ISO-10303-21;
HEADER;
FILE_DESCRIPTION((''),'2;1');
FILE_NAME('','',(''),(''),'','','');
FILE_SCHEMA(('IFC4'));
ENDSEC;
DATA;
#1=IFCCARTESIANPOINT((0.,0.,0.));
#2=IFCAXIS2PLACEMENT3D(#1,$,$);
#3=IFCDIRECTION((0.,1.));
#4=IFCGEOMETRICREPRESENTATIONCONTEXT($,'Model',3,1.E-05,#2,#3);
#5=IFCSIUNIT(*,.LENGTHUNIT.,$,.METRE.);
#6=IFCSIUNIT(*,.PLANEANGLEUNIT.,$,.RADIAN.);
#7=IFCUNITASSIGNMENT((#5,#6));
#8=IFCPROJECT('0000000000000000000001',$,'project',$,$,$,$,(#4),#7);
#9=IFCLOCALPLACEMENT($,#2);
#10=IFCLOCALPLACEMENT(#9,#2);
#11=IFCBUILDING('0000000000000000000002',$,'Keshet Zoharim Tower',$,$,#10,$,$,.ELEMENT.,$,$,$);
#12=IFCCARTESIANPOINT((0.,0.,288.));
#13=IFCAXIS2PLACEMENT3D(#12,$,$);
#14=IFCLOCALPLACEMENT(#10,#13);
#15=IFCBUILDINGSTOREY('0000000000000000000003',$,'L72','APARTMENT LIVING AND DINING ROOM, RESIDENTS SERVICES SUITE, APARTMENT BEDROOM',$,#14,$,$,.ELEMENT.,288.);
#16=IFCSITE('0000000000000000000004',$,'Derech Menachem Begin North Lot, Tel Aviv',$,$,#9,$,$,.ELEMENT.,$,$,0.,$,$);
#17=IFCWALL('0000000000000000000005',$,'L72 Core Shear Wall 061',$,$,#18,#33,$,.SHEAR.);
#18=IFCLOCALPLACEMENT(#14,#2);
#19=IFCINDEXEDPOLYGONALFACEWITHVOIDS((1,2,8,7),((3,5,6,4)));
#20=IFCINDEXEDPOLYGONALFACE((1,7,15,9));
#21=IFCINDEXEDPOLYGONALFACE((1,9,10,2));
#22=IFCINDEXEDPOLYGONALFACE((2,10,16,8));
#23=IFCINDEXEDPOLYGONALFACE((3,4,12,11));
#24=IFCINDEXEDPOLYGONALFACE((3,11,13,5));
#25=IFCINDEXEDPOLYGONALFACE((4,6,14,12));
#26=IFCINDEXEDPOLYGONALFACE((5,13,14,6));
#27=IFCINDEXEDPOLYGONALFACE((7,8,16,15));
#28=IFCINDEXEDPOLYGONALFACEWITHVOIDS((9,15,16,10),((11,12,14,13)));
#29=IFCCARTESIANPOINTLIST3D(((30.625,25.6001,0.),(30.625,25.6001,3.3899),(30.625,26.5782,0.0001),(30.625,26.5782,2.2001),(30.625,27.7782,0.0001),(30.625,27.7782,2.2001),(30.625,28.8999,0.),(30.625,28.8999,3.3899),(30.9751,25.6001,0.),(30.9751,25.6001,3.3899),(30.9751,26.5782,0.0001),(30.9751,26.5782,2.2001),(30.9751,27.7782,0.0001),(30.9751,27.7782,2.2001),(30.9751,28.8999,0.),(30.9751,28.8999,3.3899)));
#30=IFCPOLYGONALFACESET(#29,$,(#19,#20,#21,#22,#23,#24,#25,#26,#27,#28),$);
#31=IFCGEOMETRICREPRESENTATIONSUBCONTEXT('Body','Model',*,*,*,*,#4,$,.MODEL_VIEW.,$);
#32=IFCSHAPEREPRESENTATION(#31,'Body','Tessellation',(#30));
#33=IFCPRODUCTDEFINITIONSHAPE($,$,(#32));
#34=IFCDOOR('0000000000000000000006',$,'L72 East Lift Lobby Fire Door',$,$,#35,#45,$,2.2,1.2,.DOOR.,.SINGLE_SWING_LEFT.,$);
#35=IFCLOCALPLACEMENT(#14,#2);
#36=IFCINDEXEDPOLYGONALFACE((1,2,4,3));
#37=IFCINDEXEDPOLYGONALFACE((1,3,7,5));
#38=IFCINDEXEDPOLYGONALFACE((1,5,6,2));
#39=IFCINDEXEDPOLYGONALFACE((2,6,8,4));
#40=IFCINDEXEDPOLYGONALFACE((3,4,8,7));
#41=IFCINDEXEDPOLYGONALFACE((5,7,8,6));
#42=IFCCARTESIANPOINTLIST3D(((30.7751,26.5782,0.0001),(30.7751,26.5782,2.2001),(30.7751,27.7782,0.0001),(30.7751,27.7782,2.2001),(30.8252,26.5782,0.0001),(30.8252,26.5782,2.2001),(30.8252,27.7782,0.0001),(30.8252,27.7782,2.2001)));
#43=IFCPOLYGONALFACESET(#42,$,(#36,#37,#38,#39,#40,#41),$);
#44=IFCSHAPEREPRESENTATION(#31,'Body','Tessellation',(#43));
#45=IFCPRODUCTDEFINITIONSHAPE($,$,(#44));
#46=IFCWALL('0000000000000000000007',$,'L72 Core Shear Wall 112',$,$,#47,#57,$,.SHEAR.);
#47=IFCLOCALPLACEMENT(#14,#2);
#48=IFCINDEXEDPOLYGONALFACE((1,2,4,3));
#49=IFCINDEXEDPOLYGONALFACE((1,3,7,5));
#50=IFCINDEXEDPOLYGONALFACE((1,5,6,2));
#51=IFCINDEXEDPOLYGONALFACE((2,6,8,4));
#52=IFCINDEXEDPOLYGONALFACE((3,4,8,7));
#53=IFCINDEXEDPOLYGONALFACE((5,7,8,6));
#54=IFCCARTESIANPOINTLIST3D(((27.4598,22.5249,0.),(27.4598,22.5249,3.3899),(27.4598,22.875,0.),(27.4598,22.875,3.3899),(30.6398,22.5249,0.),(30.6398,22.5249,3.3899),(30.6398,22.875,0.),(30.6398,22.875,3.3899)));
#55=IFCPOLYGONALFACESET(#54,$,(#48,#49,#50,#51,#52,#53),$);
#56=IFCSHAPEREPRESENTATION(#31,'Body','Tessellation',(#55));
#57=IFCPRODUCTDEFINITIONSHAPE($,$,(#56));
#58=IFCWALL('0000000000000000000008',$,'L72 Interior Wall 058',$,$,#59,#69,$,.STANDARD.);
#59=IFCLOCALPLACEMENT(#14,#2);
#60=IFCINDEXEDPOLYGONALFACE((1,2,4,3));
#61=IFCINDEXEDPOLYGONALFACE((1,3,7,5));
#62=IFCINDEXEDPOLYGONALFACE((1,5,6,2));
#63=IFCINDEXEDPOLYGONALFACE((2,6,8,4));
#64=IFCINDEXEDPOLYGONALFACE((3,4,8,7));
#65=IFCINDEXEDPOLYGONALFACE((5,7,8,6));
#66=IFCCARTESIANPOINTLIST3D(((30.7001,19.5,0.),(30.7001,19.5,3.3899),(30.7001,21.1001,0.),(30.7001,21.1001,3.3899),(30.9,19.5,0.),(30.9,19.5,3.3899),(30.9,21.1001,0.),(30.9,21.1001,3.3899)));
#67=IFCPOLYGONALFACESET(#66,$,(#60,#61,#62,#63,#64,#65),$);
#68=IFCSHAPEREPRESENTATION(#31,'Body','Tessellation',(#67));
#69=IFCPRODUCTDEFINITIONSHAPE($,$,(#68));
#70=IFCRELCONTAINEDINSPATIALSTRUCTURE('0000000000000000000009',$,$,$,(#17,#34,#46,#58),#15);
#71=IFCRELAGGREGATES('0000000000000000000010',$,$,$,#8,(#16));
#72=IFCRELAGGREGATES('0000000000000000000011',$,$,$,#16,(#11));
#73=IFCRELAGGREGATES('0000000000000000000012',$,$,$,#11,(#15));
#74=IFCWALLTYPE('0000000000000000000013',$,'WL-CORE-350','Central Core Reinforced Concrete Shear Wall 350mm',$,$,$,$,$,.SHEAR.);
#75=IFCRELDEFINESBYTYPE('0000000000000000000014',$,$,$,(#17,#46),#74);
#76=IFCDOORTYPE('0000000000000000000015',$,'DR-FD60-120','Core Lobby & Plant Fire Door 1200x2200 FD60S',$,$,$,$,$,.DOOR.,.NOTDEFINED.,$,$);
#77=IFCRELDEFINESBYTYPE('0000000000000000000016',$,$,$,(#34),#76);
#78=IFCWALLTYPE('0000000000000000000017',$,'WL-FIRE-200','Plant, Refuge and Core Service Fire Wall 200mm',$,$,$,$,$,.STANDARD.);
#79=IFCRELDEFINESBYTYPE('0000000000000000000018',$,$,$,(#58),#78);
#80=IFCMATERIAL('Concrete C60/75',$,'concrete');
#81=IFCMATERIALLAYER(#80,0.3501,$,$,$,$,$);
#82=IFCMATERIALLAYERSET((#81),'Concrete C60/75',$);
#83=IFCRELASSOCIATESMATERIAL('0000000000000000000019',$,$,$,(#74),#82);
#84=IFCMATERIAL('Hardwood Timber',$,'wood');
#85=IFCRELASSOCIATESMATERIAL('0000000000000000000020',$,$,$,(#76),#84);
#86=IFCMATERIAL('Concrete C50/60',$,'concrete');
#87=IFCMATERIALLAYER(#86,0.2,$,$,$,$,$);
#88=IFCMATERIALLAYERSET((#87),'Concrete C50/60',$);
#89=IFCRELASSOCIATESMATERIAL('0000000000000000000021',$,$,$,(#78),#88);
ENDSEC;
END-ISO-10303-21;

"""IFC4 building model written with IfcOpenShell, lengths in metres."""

from ifc_helpers import new_model, si_unit, direction, frame, frame_2d, origin, place, context, subcontext, project, spatial, rectangle, extrude, material, layer, layer_set, type_object, element, fill, save


model = new_model("IFC4")

# Units and contexts
model_context = context("Model", 3, precision=1e-05, world=origin(), true_north=direction((0.0, 1.0)))
body_context = subcontext(model_context, "Body", "Model", "MODEL_VIEW")
ifc_project = project(units=[si_unit("LENGTHUNIT", "METRE"), si_unit("PLANEANGLEUNIT", "RADIAN")], contexts=[model_context])

# Site, building, storey
site_placement = place(None, origin())
site = spatial("IfcSite", under=ifc_project, at=site_placement, Name="Derech Menachem Begin North Lot, Tel Aviv", CompositionType="ELEMENT", RefElevation=0.0)
building_placement = place(site_placement, origin())
building = spatial("IfcBuilding", under=site, at=building_placement, Name="Keshet Zoharim Tower", CompositionType="ELEMENT")
storey_placement = place(building_placement, frame((0.0, 0.0, 288.0)))
storey = spatial("IfcBuildingStorey", under=building, at=storey_placement, Name="L72", Description="APARTMENT LIVING AND DINING ROOM, RESIDENTS SERVICES SUITE, APARTMENT BEDROOM", CompositionType="ELEMENT", Elevation=288.0)

# Shared definitions
ifc_material_1 = material(Name="Concrete C50/60", Category="concrete")

# Shared definitions
ifc_material_2 = material(Name="Concrete C60/75", Category="concrete")
ifc_layer_1 = layer(ifc_material_2, 0.3501)
ifc_layer_set_1 = layer_set([ifc_layer_1], Name="Concrete C60/75")
wall_type_1 = type_object("IfcWallType", Name="WL-CORE-350", Description="Central Core Reinforced Concrete Shear Wall 350mm", PredefinedType="SHEAR", material=ifc_layer_set_1)

# Wall, opening, door
ifc_material_3 = material(Name="Hardwood Timber", Category="wood")
wall_1_placement = place(storey_placement, frame((30.8, 25.6001, 0.0), z_axis=(0.0, 0.0, 1.0), x_axis=(0.0, 1.0, 0.0)))
wall_1 = element("IfcWall", 1, at=wall_1_placement, inside=storey, type_object=wall_type_1, Name="L72 Core Shear Wall 061", PredefinedType="SHEAR", context=body_context, shape_type="SweptSolid", body=[
    extrude(rectangle(XDim=3.2998, YDim=0.3501, at=frame_2d((1.6499, 0.0))), origin(), (0.0, 0.0, 1.0), 3.3899),
])
opening_1_placement = place(wall_1_placement, frame((0.978, 0.0, 0.0)))
opening_1 = element("IfcOpeningElement", 2, at=opening_1_placement, cuts=wall_1, PredefinedType="OPENING", context=body_context, shape_type="SweptSolid", body=[
    extrude(rectangle(XDim=1.2, YDim=2.2, at=frame_2d((0.6001, 1.1001))), frame((0.0, 0.1851, 0.0), z_axis=(0.0, -1.0, 0.0), x_axis=(1.0, 0.0, 0.0)), (0.0, 0.0, 1.0), 0.3701),
])
door_type_1 = type_object("IfcDoorType", Name="DR-FD60-120", Description="Core Lobby & Plant Fire Door 1200x2200 FD60S", OperationType="NOTDEFINED", PredefinedType="DOOR", material=ifc_material_3)
door_1_placement = place(opening_1_placement, origin())
door_1 = element("IfcDoor", 3, at=door_1_placement, inside=storey, type_object=door_type_1, Name="L72 East Lift Lobby Fire Door", OperationType="SINGLE_SWING_LEFT", OverallHeight=2.2, OverallWidth=1.2, PredefinedType="DOOR", context=body_context, shape_type="SweptSolid", body=[
    extrude(rectangle(XDim=1.2, YDim=2.2, at=frame_2d((0.6001, 1.1001))), frame((0.0, 0.0249, 0.0), z_axis=(0.0, -1.0, 0.0), x_axis=(1.0, 0.0, 0.0)), (0.0, 0.0, 1.0), 0.05),
])
fill(opening_1, door_1)

# Wall
wall_2_placement = place(storey_placement, frame((27.46, 22.7, 0.0), z_axis=(0.0, 0.0, 1.0), x_axis=(1.0, 0.0, 0.0)))
element("IfcWall", 4, at=wall_2_placement, inside=storey, type_object=wall_type_1, Name="L72 Core Shear Wall 112", PredefinedType="SHEAR", context=body_context, shape_type="SweptSolid", body=[
    extrude(rectangle(XDim=3.1799, YDim=0.3501, at=frame_2d((1.5898, 0.0))), origin(), (0.0, 0.0, 1.0), 3.3899),
])

# Wall
ifc_layer_2 = layer(ifc_material_1, 0.2)
ifc_layer_set_2 = layer_set([ifc_layer_2], Name="Concrete C50/60")
wall_type_2 = type_object("IfcWallType", Name="WL-FIRE-200", Description="Plant, Refuge and Core Service Fire Wall 200mm", PredefinedType="STANDARD", material=ifc_layer_set_2)
wall_3_placement = place(storey_placement, frame((30.8, 19.5, 0.0), z_axis=(0.0, 0.0, 1.0), x_axis=(0.0, 1.0, 0.0)))
element("IfcWall", 5, at=wall_3_placement, inside=storey, type_object=wall_type_2, Name="L72 Interior Wall 058", PredefinedType="STANDARD", context=body_context, shape_type="SweptSolid", body=[
    extrude(rectangle(XDim=1.6001, YDim=0.2, at=frame_2d((0.8, 0.0))), origin(), (0.0, 0.0, 1.0), 3.3899),
])

save(model, "model.ifc")
